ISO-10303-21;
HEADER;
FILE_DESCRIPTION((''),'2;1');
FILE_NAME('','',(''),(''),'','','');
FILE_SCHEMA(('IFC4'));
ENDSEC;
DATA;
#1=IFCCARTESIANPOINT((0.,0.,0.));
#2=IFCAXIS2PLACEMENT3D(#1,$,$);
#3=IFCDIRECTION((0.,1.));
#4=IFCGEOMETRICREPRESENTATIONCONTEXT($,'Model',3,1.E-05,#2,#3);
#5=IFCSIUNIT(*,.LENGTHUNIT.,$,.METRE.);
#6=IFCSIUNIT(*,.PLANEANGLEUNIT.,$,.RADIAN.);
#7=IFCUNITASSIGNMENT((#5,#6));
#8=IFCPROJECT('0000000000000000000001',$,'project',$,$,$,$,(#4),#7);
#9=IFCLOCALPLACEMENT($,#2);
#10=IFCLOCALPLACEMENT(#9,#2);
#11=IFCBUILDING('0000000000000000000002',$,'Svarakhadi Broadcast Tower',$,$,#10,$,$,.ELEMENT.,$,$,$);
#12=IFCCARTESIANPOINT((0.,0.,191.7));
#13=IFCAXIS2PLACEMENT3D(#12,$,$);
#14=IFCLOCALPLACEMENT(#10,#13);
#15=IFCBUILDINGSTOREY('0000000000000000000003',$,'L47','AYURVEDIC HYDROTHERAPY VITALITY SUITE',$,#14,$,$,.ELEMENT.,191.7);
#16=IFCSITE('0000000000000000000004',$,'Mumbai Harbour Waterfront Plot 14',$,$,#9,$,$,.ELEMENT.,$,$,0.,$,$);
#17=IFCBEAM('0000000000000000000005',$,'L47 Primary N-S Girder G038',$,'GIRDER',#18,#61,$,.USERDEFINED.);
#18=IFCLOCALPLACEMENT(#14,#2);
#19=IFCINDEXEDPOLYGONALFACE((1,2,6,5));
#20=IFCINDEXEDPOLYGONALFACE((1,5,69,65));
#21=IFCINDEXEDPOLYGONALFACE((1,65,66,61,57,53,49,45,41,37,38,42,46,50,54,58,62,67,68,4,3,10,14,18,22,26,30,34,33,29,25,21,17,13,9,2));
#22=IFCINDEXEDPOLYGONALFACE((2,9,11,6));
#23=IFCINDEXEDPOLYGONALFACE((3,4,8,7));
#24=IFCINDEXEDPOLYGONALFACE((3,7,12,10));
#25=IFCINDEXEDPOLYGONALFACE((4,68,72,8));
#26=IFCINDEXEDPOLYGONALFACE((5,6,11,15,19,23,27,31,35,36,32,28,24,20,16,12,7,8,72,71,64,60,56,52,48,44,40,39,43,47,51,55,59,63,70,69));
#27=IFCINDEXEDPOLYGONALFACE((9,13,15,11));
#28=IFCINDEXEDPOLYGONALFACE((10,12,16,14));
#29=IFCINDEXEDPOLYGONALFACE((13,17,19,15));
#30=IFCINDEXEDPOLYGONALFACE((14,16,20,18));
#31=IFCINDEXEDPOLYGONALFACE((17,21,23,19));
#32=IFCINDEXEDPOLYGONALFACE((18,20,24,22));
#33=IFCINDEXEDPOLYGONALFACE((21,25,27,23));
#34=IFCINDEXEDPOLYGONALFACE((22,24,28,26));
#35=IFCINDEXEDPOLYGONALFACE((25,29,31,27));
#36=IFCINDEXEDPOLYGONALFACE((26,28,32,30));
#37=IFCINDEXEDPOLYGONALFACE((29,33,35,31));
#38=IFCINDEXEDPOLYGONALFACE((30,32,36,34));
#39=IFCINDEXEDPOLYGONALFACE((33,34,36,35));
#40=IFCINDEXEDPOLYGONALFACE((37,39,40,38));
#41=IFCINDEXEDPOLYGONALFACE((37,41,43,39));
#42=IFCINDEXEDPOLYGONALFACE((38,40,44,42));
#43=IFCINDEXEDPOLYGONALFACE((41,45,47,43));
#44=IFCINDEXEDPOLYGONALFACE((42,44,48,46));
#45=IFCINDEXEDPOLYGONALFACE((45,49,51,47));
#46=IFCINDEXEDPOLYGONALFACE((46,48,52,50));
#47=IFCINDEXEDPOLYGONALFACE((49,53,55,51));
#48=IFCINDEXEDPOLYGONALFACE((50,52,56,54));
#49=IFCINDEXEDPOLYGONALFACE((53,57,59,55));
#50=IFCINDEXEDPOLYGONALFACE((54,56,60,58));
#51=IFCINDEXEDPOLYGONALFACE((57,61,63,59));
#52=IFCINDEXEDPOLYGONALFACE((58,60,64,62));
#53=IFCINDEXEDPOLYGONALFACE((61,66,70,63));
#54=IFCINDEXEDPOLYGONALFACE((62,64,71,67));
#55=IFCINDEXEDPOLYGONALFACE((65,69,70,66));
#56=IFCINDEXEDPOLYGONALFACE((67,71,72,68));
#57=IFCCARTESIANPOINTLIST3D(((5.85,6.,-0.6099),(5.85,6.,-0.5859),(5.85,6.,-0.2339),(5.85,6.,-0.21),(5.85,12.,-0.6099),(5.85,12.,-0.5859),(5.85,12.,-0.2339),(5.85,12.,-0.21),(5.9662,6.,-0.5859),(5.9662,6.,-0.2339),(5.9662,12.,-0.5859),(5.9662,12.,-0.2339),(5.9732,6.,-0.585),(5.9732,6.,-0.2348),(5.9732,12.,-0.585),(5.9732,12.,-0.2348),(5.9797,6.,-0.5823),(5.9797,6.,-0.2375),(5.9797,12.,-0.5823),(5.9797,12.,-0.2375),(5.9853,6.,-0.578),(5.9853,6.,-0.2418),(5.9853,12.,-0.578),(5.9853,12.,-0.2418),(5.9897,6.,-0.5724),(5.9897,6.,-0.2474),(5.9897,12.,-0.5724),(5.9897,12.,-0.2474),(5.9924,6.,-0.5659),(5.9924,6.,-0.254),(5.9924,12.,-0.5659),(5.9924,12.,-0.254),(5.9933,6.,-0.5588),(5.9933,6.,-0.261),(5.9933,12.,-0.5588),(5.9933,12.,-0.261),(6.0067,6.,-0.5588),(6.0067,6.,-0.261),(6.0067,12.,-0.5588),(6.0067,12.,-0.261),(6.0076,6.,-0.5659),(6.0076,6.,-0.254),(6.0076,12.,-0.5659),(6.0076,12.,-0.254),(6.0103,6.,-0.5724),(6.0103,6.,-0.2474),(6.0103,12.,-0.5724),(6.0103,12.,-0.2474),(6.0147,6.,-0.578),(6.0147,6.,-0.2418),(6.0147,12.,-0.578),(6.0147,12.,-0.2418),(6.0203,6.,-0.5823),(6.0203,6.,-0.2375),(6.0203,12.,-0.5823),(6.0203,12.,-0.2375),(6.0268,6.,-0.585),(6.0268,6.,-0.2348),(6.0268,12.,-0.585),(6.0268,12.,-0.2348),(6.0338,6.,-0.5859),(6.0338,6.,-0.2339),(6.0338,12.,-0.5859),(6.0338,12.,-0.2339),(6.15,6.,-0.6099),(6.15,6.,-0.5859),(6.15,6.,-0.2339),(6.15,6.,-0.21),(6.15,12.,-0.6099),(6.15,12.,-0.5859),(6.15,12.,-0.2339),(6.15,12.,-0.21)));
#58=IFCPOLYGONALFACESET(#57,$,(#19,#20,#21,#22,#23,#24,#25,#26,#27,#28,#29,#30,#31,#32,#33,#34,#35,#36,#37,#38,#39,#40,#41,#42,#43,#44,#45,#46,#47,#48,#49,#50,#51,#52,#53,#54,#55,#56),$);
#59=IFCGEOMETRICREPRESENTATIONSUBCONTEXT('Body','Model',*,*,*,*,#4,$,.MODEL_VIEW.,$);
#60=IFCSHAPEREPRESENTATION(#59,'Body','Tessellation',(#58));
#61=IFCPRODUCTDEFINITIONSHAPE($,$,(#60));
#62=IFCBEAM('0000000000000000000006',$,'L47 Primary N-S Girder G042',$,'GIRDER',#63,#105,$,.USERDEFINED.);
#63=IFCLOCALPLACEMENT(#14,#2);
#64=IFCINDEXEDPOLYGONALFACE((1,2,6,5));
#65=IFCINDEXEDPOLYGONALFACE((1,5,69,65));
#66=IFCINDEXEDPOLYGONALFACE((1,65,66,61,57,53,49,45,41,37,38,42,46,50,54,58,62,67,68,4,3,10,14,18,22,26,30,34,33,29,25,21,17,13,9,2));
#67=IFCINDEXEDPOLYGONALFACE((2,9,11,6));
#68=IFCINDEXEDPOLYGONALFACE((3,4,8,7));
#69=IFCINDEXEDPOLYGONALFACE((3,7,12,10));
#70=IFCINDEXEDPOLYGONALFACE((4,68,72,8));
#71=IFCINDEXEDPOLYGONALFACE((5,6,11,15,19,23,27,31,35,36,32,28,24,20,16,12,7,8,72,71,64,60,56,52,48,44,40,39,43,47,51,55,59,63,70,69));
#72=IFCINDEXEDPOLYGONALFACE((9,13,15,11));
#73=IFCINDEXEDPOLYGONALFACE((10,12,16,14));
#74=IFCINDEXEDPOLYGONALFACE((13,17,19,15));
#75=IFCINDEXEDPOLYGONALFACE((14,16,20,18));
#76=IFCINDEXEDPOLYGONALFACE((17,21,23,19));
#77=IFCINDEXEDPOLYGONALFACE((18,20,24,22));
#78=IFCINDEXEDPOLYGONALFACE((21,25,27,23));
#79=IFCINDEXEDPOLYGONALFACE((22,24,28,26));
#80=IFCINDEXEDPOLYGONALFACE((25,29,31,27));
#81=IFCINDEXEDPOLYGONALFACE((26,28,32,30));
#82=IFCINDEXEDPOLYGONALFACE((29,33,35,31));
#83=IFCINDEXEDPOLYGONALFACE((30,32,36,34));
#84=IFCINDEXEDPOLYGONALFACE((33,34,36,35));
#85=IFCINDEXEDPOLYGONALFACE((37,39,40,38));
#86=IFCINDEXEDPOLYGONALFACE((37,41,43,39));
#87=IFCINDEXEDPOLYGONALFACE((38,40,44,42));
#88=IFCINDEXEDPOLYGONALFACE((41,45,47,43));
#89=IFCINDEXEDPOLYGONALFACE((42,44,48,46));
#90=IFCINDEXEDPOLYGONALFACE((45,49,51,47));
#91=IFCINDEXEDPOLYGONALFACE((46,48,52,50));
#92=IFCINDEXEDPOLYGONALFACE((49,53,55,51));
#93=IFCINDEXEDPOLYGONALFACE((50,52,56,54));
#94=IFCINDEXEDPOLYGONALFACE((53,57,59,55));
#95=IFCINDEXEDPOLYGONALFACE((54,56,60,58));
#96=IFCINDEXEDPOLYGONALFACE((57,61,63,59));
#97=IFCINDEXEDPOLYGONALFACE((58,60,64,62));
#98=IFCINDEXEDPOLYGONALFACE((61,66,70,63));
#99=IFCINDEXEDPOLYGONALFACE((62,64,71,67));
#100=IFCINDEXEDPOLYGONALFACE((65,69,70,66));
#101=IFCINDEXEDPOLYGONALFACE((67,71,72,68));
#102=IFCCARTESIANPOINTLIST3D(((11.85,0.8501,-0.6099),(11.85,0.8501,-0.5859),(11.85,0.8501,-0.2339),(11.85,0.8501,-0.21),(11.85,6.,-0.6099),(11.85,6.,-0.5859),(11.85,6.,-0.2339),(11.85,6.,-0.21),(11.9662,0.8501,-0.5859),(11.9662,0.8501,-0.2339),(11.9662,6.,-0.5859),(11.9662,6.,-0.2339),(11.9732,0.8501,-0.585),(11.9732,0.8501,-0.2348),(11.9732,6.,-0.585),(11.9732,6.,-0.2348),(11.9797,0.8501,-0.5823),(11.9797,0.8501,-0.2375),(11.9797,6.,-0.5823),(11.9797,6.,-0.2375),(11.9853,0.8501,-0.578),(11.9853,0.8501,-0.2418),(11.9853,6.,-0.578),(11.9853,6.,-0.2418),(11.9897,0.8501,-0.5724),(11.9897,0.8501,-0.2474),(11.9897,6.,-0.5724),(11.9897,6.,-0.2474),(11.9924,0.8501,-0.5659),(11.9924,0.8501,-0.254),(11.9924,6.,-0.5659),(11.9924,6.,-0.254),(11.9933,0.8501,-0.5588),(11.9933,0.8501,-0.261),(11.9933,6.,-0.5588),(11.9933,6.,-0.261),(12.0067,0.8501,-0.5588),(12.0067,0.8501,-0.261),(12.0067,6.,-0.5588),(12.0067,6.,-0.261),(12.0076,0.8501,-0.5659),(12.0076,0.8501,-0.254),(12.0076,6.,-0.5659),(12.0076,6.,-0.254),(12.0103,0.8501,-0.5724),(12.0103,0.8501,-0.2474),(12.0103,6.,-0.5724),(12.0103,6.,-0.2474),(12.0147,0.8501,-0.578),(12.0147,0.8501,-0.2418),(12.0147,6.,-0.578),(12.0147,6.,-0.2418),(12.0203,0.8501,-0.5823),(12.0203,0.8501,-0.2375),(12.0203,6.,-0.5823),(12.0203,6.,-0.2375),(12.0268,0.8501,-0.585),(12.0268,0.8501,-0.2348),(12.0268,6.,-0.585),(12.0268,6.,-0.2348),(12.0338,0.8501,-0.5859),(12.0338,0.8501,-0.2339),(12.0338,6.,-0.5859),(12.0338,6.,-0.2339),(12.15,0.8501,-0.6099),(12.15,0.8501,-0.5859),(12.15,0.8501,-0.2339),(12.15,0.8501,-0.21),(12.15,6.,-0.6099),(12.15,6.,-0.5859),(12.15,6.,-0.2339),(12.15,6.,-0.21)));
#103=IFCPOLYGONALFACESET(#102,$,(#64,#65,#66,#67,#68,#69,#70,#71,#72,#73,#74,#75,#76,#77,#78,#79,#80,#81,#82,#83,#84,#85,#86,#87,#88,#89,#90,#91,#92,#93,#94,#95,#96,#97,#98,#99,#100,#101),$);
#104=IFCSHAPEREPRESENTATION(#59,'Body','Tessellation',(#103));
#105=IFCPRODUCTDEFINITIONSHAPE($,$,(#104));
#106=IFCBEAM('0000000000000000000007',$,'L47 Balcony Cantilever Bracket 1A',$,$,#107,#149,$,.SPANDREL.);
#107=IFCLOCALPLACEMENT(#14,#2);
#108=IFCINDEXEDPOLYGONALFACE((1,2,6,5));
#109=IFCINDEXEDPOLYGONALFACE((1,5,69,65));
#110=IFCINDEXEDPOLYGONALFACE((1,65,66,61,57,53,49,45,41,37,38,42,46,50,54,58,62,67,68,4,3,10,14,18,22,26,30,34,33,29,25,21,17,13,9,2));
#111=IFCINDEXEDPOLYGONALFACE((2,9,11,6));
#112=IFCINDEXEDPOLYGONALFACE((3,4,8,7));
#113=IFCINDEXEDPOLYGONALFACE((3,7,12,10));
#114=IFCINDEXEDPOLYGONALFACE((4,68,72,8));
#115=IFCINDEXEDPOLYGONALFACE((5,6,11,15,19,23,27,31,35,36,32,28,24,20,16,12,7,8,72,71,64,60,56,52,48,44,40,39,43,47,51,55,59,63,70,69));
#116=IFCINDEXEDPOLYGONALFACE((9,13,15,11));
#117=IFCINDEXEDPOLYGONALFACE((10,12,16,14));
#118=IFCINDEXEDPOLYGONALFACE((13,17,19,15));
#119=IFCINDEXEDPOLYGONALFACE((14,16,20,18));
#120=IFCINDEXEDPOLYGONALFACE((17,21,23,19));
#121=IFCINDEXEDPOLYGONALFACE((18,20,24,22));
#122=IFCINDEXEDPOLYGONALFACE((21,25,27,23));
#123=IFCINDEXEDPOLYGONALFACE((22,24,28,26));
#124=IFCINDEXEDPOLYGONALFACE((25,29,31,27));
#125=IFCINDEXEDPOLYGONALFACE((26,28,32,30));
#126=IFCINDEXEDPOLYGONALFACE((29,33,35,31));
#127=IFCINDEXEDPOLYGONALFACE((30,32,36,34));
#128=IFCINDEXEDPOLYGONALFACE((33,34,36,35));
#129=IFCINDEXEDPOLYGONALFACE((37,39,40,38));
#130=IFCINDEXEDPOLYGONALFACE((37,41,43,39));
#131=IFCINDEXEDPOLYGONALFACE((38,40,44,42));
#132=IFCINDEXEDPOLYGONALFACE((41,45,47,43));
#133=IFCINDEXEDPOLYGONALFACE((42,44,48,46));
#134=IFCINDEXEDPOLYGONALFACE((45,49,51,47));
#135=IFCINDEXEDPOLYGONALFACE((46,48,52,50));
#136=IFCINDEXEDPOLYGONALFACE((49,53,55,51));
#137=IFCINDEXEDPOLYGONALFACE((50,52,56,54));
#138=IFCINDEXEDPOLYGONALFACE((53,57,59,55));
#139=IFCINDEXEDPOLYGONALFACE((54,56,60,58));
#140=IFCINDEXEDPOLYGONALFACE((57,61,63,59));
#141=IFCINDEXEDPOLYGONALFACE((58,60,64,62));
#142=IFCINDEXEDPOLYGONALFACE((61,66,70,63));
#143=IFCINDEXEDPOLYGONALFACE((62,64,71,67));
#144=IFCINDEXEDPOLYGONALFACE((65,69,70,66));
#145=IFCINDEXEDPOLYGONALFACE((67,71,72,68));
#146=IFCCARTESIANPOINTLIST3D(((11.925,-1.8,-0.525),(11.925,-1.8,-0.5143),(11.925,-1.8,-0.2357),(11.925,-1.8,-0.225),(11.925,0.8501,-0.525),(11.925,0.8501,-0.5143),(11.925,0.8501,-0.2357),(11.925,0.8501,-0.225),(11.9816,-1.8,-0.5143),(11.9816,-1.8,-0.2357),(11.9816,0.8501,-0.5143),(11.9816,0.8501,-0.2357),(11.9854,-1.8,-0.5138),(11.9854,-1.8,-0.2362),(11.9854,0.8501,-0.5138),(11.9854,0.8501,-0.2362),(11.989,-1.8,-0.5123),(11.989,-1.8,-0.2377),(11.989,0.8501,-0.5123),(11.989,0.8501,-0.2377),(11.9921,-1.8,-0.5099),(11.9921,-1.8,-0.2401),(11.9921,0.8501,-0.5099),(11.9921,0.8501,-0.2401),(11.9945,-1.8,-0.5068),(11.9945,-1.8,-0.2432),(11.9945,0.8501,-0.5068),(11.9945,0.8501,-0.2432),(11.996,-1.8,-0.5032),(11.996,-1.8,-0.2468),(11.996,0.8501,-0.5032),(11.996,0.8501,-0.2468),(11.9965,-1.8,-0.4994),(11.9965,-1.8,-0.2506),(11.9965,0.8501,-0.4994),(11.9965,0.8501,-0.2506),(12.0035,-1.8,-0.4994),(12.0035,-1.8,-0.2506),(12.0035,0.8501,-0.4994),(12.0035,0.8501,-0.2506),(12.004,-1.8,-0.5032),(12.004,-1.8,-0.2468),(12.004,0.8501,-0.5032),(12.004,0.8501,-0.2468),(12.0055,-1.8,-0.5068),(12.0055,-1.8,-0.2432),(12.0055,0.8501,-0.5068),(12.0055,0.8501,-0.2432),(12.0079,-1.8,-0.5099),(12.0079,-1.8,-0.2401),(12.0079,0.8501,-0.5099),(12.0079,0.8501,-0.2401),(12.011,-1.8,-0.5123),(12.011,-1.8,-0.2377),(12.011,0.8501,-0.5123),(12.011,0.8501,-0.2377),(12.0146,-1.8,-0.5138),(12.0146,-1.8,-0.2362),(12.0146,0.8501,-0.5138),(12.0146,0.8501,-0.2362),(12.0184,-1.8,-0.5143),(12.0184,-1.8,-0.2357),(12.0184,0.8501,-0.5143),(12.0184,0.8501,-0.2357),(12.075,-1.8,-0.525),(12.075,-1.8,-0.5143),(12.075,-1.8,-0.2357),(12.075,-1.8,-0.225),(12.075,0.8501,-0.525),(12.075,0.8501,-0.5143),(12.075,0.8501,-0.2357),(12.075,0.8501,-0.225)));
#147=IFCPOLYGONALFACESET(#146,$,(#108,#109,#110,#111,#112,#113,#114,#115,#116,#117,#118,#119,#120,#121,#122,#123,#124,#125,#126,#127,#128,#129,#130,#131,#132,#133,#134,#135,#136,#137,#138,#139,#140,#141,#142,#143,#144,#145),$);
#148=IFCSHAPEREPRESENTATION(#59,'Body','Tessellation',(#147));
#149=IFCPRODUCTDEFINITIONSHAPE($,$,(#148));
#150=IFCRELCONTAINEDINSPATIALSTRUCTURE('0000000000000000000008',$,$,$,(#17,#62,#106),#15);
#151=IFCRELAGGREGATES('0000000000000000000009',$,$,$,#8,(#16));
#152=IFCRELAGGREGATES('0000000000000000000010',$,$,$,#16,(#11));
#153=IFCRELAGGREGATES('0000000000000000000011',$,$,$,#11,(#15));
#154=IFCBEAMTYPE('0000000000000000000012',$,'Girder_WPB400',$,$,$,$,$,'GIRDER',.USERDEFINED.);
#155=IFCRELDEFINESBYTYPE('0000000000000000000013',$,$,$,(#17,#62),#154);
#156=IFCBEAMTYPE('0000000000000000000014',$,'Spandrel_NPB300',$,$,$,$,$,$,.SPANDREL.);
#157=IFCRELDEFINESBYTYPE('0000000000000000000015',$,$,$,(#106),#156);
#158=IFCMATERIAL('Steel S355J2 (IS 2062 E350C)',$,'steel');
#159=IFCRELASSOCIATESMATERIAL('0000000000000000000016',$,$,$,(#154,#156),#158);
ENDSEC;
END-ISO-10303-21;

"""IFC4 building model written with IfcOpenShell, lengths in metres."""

from ifc_helpers import new_model, si_unit, direction, frame, origin, origin_2d, place, context, subcontext, project, spatial, i_section, extrude, material, material_profile, profile_set, type_object, element, save


model = new_model("IFC4")

# Units and contexts
model_context = context("Model", 3, precision=1e-05, world=origin(), true_north=direction((0.0, 1.0)))
body_context = subcontext(model_context, "Body", "Model", "MODEL_VIEW")
ifc_project = project(units=[si_unit("LENGTHUNIT", "METRE"), si_unit("PLANEANGLEUNIT", "RADIAN")], contexts=[model_context])

# Site, building, storey
site_placement = place(None, origin())
site = spatial("IfcSite", under=ifc_project, at=site_placement, Name="Mumbai Harbour Waterfront Plot 14", CompositionType="ELEMENT", RefElevation=0.0)
building_placement = place(site_placement, origin())
building = spatial("IfcBuilding", under=site, at=building_placement, Name="Svarakhadi Broadcast Tower", CompositionType="ELEMENT")
storey_placement = place(building_placement, frame((0.0, 0.0, 191.7)))
storey = spatial("IfcBuildingStorey", under=building, at=storey_placement, Name="L47", Description="AYURVEDIC HYDROTHERAPY VITALITY SUITE", CompositionType="ELEMENT", Elevation=191.7)

# Shared definitions
ifc_material_1 = material(Name="Steel S355J2 (IS 2062 E350C)", Category="steel")

# Beams
ifc_material_profile_1 = material_profile(ifc_material_1, i_section(OverallWidth=0.3, OverallDepth=0.3999, WebThickness=0.0134, FlangeThickness=0.0239, FilletRadius=0.0271, at=origin_2d()), Name="WPB 400x300x155")
ifc_profile_set_1 = profile_set([ifc_material_profile_1], Name="Steel S355J2 (IS 2062 E350C)")
beam_type_1 = type_object("IfcBeamType", Name="Girder_WPB400", ElementType="GIRDER", PredefinedType="USERDEFINED", material=ifc_profile_set_1)
beam_1_placement = place(storey_placement, frame((6.0, 6.0, -0.4099), z_axis=(0.0, 1.0, 0.0), x_axis=(-1.0, 0.0, 0.0)))
element("IfcBeam", 1, at=beam_1_placement, inside=storey, type_object=beam_type_1, Name="L47 Primary N-S Girder G038", ObjectType="GIRDER", PredefinedType="USERDEFINED", context=body_context, shape_type="SweptSolid", body=[
    extrude(i_section(OverallWidth=0.3, OverallDepth=0.3999, WebThickness=0.0134, FlangeThickness=0.0239, FilletRadius=0.0271, at=origin_2d()), origin(), (0.0, 0.0, 1.0), 6.0),
])
beam_2_placement = place(storey_placement, frame((12.0, 0.8501, -0.4099), z_axis=(0.0, 1.0, 0.0), x_axis=(-1.0, 0.0, 0.0)))
element("IfcBeam", 2, at=beam_2_placement, inside=storey, type_object=beam_type_1, Name="L47 Primary N-S Girder G042", ObjectType="GIRDER", PredefinedType="USERDEFINED", context=body_context, shape_type="SweptSolid", body=[
    extrude(i_section(OverallWidth=0.3, OverallDepth=0.3999, WebThickness=0.0134, FlangeThickness=0.0239, FilletRadius=0.0271, at=origin_2d()), origin(), (0.0, 0.0, 1.0), 5.1499),
])
ifc_material_profile_2 = material_profile(ifc_material_1, i_section(OverallWidth=0.1499, OverallDepth=0.3, WebThickness=0.0071, FlangeThickness=0.0107, FilletRadius=0.0149, at=origin_2d()), Name="NPB 300x150x37")
ifc_profile_set_2 = profile_set([ifc_material_profile_2], Name="Steel S355J2 (IS 2062 E350C)")
beam_type_2 = type_object("IfcBeamType", Name="Spandrel_NPB300", PredefinedType="SPANDREL", material=ifc_profile_set_2)
beam_3_placement = place(storey_placement, frame((12.0, 0.8501, -0.375), z_axis=(0.0, -1.0, 0.0), x_axis=(1.0, 0.0, 0.0)))
element("IfcBeam", 3, at=beam_3_placement, inside=storey, type_object=beam_type_2, Name="L47 Balcony Cantilever Bracket 1A", PredefinedType="SPANDREL", context=body_context, shape_type="SweptSolid", body=[
    extrude(i_section(OverallWidth=0.1499, OverallDepth=0.3, WebThickness=0.0071, FlangeThickness=0.0107, FilletRadius=0.0149, at=origin_2d()), origin(), (0.0, 0.0, 1.0), 2.6501),
])

save(model, "model.ifc")
